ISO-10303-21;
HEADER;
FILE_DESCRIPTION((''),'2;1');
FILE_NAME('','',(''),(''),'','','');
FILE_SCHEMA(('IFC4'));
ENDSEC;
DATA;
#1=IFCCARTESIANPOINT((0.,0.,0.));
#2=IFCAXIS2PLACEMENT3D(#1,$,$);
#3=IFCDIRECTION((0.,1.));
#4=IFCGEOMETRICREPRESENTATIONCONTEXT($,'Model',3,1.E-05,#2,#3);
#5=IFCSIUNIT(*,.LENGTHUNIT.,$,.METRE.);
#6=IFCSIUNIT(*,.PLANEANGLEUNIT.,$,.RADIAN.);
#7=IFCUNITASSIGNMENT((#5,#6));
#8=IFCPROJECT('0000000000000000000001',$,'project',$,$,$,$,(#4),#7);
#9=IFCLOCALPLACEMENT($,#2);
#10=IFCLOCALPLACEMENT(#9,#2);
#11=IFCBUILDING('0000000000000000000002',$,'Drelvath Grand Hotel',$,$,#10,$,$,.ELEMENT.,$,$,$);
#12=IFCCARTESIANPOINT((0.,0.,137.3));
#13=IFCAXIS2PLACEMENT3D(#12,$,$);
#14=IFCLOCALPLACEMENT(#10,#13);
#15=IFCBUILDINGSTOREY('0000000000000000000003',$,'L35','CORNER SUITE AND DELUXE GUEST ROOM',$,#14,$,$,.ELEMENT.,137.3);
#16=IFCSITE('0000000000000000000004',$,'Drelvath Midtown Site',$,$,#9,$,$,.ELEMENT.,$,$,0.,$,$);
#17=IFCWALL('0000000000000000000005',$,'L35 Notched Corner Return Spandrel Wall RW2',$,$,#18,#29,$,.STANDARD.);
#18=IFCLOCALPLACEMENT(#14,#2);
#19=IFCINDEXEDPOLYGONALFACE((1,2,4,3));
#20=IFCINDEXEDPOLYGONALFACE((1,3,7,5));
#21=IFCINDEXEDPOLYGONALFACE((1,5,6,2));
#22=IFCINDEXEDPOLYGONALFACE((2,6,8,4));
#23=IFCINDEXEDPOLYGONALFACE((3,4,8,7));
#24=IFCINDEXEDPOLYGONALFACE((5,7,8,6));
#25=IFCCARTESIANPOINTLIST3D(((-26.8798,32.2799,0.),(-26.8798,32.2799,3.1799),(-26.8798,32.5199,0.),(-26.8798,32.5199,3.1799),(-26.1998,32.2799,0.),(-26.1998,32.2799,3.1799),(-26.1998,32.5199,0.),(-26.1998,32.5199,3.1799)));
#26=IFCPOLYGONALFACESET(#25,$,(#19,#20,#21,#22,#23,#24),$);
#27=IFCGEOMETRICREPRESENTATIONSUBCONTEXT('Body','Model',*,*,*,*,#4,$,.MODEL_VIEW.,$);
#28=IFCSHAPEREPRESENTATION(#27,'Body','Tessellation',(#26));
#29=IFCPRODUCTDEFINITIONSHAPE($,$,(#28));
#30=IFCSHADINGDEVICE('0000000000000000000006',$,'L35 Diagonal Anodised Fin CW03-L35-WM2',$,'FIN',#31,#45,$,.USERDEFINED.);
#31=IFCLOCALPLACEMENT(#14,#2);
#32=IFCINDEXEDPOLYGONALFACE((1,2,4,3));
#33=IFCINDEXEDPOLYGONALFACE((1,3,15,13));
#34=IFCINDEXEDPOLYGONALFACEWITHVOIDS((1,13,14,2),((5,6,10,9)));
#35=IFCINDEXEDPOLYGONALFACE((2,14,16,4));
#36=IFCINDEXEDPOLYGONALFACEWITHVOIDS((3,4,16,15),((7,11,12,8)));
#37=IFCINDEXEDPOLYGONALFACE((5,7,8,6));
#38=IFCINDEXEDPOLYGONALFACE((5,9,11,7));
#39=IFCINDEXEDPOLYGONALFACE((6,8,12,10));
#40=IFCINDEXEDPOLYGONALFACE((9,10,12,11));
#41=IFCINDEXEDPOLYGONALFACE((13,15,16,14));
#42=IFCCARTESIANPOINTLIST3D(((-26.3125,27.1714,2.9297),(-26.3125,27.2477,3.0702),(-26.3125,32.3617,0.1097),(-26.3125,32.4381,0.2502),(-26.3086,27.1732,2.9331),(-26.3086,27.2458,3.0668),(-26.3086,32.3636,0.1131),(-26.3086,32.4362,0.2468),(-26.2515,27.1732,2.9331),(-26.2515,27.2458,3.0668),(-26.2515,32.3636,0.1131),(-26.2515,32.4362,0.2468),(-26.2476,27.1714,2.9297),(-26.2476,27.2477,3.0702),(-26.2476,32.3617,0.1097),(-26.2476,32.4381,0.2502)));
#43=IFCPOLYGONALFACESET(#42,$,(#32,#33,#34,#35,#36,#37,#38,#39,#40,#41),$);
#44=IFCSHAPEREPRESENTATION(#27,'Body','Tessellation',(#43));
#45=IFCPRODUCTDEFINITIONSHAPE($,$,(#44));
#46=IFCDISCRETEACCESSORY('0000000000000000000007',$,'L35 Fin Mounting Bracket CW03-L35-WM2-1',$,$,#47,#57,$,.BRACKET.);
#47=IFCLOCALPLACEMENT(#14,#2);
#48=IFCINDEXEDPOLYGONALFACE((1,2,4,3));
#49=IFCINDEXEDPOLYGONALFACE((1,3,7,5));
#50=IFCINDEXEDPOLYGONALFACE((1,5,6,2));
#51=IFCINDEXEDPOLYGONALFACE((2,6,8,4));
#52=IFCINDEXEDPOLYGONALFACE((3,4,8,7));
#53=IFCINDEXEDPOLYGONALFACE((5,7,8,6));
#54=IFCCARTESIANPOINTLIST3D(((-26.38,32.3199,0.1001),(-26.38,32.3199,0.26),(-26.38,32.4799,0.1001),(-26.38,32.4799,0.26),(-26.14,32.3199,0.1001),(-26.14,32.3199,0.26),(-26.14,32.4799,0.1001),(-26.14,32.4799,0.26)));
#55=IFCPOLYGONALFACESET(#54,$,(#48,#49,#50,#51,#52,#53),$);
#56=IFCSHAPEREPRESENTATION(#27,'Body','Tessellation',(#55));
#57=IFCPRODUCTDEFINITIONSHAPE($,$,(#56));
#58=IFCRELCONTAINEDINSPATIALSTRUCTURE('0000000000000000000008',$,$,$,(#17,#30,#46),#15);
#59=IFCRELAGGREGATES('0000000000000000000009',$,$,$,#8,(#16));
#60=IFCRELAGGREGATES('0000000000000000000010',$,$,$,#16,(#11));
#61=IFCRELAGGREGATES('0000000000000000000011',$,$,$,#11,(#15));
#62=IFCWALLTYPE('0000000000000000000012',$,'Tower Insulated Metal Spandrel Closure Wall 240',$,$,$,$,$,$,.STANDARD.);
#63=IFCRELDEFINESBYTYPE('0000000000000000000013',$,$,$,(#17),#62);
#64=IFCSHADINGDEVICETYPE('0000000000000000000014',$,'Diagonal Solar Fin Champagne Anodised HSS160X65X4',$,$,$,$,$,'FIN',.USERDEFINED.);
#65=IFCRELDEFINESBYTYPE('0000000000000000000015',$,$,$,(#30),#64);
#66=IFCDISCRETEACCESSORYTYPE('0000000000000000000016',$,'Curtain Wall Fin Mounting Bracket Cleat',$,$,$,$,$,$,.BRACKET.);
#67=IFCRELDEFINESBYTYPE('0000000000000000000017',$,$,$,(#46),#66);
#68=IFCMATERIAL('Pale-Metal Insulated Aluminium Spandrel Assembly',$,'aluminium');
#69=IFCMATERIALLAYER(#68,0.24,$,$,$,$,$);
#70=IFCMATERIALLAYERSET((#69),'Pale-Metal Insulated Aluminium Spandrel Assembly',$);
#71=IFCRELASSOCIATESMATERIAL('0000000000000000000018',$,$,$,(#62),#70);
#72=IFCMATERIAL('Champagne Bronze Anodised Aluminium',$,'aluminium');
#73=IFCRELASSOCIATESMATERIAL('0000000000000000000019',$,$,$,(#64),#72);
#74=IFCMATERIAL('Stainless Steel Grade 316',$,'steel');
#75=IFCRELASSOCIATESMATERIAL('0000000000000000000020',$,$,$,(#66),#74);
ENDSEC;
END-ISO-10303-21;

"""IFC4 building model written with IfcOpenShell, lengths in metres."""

from ifc_helpers import new_model, si_unit, direction, frame, frame_2d, origin, origin_2d, place, context, subcontext, project, spatial, rectangle, hollow_rectangle, extrude, material, layer, layer_set, material_profile, profile_set, type_object, element, save


model = new_model("IFC4")

# Units and contexts
model_context = context("Model", 3, precision=1e-05, world=origin(), true_north=direction((0.0, 1.0)))
body_context = subcontext(model_context, "Body", "Model", "MODEL_VIEW")
ifc_project = project(units=[si_unit("LENGTHUNIT", "METRE"), si_unit("PLANEANGLEUNIT", "RADIAN")], contexts=[model_context])

# Site, building, storey
site_placement = place(None, origin())
site = spatial("IfcSite", under=ifc_project, at=site_placement, Name="Drelvath Midtown Site", CompositionType="ELEMENT", RefElevation=0.0)
building_placement = place(site_placement, origin())
building = spatial("IfcBuilding", under=site, at=building_placement, Name="Drelvath Grand Hotel", CompositionType="ELEMENT")
storey_placement = place(building_placement, frame((0.0, 0.0, 137.3)))
storey = spatial("IfcBuildingStorey", under=building, at=storey_placement, Name="L35", Description="CORNER SUITE AND DELUXE GUEST ROOM", CompositionType="ELEMENT", Elevation=137.3)

# Wall
ifc_material_1 = material(Name="Pale-Metal Insulated Aluminium Spandrel Assembly", Category="aluminium")
ifc_layer_1 = layer(ifc_material_1, 0.24)
ifc_layer_set_1 = layer_set([ifc_layer_1], Name="Pale-Metal Insulated Aluminium Spandrel Assembly")
wall_type_1 = type_object("IfcWallType", Name="Tower Insulated Metal Spandrel Closure Wall 240", PredefinedType="STANDARD", material=ifc_layer_set_1)
wall_1_placement = place(storey_placement, frame((-26.2, 32.3999, 0.0), z_axis=(0.0, 0.0, 1.0), x_axis=(-1.0, 0.0, 0.0)))
element("IfcWall", 1, at=wall_1_placement, inside=storey, type_object=wall_type_1, Name="L35 Notched Corner Return Spandrel Wall RW2", PredefinedType="STANDARD", context=body_context, shape_type="SweptSolid", body=[
    extrude(rectangle(XDim=0.6799, YDim=0.24, at=frame_2d((0.3398, 0.0))), origin(), (0.0, 0.0, 1.0), 3.1799),
])

# Shading device
ifc_material_2 = material(Name="Champagne Bronze Anodised Aluminium", Category="aluminium")
ifc_material_profile_1 = material_profile(ifc_material_2, hollow_rectangle(XDim=0.0649, YDim=0.1599, WallThickness=0.0039, at=origin_2d()), Name="HSS160X65X4")
ifc_profile_set_1 = profile_set([ifc_material_profile_1], Name="Champagne Bronze Anodised Aluminium")
shading_device_type = type_object("IfcShadingDeviceType", Name="Diagonal Solar Fin Champagne Anodised HSS160X65X4", ElementType="FIN", PredefinedType="USERDEFINED", material=ifc_profile_set_1)
shading_device_placement = place(storey_placement, frame((-26.28, 32.3999, 0.1799), z_axis=(0.0, -0.878683, 0.477407), x_axis=(1.0, 0.0, 0.0)))
element("IfcShadingDevice", 2, at=shading_device_placement, inside=storey, type_object=shading_device_type, Name="L35 Diagonal Anodised Fin CW03-L35-WM2", ObjectType="FIN", PredefinedType="USERDEFINED", context=body_context, shape_type="SweptSolid", body=[
    extrude(hollow_rectangle(XDim=0.0649, YDim=0.1599, WallThickness=0.0039, at=origin_2d()), origin(), (0.0, 0.0, 1.0), 5.907),
])

# Discrete accessory
ifc_material_3 = material(Name="Stainless Steel Grade 316", Category="steel")
discrete_accessory_type = type_object("IfcDiscreteAccessoryType", Name="Curtain Wall Fin Mounting Bracket Cleat", PredefinedType="BRACKET", material=ifc_material_3)
discrete_accessory_placement = place(storey_placement, frame((-26.26, 32.3999, 0.1001), z_axis=(0.0, 0.0, 1.0), x_axis=(0.0, 1.0, 0.0)))
element("IfcDiscreteAccessory", 3, at=discrete_accessory_placement, inside=storey, type_object=discrete_accessory_type, Name="L35 Fin Mounting Bracket CW03-L35-WM2-1", PredefinedType="BRACKET", context=body_context, shape_type="SweptSolid", body=[
    extrude(rectangle(XDim=0.1599, YDim=0.24, at=origin_2d()), origin(), (0.0, 0.0, 1.0), 0.1599),
])

save(model, "model.ifc")
